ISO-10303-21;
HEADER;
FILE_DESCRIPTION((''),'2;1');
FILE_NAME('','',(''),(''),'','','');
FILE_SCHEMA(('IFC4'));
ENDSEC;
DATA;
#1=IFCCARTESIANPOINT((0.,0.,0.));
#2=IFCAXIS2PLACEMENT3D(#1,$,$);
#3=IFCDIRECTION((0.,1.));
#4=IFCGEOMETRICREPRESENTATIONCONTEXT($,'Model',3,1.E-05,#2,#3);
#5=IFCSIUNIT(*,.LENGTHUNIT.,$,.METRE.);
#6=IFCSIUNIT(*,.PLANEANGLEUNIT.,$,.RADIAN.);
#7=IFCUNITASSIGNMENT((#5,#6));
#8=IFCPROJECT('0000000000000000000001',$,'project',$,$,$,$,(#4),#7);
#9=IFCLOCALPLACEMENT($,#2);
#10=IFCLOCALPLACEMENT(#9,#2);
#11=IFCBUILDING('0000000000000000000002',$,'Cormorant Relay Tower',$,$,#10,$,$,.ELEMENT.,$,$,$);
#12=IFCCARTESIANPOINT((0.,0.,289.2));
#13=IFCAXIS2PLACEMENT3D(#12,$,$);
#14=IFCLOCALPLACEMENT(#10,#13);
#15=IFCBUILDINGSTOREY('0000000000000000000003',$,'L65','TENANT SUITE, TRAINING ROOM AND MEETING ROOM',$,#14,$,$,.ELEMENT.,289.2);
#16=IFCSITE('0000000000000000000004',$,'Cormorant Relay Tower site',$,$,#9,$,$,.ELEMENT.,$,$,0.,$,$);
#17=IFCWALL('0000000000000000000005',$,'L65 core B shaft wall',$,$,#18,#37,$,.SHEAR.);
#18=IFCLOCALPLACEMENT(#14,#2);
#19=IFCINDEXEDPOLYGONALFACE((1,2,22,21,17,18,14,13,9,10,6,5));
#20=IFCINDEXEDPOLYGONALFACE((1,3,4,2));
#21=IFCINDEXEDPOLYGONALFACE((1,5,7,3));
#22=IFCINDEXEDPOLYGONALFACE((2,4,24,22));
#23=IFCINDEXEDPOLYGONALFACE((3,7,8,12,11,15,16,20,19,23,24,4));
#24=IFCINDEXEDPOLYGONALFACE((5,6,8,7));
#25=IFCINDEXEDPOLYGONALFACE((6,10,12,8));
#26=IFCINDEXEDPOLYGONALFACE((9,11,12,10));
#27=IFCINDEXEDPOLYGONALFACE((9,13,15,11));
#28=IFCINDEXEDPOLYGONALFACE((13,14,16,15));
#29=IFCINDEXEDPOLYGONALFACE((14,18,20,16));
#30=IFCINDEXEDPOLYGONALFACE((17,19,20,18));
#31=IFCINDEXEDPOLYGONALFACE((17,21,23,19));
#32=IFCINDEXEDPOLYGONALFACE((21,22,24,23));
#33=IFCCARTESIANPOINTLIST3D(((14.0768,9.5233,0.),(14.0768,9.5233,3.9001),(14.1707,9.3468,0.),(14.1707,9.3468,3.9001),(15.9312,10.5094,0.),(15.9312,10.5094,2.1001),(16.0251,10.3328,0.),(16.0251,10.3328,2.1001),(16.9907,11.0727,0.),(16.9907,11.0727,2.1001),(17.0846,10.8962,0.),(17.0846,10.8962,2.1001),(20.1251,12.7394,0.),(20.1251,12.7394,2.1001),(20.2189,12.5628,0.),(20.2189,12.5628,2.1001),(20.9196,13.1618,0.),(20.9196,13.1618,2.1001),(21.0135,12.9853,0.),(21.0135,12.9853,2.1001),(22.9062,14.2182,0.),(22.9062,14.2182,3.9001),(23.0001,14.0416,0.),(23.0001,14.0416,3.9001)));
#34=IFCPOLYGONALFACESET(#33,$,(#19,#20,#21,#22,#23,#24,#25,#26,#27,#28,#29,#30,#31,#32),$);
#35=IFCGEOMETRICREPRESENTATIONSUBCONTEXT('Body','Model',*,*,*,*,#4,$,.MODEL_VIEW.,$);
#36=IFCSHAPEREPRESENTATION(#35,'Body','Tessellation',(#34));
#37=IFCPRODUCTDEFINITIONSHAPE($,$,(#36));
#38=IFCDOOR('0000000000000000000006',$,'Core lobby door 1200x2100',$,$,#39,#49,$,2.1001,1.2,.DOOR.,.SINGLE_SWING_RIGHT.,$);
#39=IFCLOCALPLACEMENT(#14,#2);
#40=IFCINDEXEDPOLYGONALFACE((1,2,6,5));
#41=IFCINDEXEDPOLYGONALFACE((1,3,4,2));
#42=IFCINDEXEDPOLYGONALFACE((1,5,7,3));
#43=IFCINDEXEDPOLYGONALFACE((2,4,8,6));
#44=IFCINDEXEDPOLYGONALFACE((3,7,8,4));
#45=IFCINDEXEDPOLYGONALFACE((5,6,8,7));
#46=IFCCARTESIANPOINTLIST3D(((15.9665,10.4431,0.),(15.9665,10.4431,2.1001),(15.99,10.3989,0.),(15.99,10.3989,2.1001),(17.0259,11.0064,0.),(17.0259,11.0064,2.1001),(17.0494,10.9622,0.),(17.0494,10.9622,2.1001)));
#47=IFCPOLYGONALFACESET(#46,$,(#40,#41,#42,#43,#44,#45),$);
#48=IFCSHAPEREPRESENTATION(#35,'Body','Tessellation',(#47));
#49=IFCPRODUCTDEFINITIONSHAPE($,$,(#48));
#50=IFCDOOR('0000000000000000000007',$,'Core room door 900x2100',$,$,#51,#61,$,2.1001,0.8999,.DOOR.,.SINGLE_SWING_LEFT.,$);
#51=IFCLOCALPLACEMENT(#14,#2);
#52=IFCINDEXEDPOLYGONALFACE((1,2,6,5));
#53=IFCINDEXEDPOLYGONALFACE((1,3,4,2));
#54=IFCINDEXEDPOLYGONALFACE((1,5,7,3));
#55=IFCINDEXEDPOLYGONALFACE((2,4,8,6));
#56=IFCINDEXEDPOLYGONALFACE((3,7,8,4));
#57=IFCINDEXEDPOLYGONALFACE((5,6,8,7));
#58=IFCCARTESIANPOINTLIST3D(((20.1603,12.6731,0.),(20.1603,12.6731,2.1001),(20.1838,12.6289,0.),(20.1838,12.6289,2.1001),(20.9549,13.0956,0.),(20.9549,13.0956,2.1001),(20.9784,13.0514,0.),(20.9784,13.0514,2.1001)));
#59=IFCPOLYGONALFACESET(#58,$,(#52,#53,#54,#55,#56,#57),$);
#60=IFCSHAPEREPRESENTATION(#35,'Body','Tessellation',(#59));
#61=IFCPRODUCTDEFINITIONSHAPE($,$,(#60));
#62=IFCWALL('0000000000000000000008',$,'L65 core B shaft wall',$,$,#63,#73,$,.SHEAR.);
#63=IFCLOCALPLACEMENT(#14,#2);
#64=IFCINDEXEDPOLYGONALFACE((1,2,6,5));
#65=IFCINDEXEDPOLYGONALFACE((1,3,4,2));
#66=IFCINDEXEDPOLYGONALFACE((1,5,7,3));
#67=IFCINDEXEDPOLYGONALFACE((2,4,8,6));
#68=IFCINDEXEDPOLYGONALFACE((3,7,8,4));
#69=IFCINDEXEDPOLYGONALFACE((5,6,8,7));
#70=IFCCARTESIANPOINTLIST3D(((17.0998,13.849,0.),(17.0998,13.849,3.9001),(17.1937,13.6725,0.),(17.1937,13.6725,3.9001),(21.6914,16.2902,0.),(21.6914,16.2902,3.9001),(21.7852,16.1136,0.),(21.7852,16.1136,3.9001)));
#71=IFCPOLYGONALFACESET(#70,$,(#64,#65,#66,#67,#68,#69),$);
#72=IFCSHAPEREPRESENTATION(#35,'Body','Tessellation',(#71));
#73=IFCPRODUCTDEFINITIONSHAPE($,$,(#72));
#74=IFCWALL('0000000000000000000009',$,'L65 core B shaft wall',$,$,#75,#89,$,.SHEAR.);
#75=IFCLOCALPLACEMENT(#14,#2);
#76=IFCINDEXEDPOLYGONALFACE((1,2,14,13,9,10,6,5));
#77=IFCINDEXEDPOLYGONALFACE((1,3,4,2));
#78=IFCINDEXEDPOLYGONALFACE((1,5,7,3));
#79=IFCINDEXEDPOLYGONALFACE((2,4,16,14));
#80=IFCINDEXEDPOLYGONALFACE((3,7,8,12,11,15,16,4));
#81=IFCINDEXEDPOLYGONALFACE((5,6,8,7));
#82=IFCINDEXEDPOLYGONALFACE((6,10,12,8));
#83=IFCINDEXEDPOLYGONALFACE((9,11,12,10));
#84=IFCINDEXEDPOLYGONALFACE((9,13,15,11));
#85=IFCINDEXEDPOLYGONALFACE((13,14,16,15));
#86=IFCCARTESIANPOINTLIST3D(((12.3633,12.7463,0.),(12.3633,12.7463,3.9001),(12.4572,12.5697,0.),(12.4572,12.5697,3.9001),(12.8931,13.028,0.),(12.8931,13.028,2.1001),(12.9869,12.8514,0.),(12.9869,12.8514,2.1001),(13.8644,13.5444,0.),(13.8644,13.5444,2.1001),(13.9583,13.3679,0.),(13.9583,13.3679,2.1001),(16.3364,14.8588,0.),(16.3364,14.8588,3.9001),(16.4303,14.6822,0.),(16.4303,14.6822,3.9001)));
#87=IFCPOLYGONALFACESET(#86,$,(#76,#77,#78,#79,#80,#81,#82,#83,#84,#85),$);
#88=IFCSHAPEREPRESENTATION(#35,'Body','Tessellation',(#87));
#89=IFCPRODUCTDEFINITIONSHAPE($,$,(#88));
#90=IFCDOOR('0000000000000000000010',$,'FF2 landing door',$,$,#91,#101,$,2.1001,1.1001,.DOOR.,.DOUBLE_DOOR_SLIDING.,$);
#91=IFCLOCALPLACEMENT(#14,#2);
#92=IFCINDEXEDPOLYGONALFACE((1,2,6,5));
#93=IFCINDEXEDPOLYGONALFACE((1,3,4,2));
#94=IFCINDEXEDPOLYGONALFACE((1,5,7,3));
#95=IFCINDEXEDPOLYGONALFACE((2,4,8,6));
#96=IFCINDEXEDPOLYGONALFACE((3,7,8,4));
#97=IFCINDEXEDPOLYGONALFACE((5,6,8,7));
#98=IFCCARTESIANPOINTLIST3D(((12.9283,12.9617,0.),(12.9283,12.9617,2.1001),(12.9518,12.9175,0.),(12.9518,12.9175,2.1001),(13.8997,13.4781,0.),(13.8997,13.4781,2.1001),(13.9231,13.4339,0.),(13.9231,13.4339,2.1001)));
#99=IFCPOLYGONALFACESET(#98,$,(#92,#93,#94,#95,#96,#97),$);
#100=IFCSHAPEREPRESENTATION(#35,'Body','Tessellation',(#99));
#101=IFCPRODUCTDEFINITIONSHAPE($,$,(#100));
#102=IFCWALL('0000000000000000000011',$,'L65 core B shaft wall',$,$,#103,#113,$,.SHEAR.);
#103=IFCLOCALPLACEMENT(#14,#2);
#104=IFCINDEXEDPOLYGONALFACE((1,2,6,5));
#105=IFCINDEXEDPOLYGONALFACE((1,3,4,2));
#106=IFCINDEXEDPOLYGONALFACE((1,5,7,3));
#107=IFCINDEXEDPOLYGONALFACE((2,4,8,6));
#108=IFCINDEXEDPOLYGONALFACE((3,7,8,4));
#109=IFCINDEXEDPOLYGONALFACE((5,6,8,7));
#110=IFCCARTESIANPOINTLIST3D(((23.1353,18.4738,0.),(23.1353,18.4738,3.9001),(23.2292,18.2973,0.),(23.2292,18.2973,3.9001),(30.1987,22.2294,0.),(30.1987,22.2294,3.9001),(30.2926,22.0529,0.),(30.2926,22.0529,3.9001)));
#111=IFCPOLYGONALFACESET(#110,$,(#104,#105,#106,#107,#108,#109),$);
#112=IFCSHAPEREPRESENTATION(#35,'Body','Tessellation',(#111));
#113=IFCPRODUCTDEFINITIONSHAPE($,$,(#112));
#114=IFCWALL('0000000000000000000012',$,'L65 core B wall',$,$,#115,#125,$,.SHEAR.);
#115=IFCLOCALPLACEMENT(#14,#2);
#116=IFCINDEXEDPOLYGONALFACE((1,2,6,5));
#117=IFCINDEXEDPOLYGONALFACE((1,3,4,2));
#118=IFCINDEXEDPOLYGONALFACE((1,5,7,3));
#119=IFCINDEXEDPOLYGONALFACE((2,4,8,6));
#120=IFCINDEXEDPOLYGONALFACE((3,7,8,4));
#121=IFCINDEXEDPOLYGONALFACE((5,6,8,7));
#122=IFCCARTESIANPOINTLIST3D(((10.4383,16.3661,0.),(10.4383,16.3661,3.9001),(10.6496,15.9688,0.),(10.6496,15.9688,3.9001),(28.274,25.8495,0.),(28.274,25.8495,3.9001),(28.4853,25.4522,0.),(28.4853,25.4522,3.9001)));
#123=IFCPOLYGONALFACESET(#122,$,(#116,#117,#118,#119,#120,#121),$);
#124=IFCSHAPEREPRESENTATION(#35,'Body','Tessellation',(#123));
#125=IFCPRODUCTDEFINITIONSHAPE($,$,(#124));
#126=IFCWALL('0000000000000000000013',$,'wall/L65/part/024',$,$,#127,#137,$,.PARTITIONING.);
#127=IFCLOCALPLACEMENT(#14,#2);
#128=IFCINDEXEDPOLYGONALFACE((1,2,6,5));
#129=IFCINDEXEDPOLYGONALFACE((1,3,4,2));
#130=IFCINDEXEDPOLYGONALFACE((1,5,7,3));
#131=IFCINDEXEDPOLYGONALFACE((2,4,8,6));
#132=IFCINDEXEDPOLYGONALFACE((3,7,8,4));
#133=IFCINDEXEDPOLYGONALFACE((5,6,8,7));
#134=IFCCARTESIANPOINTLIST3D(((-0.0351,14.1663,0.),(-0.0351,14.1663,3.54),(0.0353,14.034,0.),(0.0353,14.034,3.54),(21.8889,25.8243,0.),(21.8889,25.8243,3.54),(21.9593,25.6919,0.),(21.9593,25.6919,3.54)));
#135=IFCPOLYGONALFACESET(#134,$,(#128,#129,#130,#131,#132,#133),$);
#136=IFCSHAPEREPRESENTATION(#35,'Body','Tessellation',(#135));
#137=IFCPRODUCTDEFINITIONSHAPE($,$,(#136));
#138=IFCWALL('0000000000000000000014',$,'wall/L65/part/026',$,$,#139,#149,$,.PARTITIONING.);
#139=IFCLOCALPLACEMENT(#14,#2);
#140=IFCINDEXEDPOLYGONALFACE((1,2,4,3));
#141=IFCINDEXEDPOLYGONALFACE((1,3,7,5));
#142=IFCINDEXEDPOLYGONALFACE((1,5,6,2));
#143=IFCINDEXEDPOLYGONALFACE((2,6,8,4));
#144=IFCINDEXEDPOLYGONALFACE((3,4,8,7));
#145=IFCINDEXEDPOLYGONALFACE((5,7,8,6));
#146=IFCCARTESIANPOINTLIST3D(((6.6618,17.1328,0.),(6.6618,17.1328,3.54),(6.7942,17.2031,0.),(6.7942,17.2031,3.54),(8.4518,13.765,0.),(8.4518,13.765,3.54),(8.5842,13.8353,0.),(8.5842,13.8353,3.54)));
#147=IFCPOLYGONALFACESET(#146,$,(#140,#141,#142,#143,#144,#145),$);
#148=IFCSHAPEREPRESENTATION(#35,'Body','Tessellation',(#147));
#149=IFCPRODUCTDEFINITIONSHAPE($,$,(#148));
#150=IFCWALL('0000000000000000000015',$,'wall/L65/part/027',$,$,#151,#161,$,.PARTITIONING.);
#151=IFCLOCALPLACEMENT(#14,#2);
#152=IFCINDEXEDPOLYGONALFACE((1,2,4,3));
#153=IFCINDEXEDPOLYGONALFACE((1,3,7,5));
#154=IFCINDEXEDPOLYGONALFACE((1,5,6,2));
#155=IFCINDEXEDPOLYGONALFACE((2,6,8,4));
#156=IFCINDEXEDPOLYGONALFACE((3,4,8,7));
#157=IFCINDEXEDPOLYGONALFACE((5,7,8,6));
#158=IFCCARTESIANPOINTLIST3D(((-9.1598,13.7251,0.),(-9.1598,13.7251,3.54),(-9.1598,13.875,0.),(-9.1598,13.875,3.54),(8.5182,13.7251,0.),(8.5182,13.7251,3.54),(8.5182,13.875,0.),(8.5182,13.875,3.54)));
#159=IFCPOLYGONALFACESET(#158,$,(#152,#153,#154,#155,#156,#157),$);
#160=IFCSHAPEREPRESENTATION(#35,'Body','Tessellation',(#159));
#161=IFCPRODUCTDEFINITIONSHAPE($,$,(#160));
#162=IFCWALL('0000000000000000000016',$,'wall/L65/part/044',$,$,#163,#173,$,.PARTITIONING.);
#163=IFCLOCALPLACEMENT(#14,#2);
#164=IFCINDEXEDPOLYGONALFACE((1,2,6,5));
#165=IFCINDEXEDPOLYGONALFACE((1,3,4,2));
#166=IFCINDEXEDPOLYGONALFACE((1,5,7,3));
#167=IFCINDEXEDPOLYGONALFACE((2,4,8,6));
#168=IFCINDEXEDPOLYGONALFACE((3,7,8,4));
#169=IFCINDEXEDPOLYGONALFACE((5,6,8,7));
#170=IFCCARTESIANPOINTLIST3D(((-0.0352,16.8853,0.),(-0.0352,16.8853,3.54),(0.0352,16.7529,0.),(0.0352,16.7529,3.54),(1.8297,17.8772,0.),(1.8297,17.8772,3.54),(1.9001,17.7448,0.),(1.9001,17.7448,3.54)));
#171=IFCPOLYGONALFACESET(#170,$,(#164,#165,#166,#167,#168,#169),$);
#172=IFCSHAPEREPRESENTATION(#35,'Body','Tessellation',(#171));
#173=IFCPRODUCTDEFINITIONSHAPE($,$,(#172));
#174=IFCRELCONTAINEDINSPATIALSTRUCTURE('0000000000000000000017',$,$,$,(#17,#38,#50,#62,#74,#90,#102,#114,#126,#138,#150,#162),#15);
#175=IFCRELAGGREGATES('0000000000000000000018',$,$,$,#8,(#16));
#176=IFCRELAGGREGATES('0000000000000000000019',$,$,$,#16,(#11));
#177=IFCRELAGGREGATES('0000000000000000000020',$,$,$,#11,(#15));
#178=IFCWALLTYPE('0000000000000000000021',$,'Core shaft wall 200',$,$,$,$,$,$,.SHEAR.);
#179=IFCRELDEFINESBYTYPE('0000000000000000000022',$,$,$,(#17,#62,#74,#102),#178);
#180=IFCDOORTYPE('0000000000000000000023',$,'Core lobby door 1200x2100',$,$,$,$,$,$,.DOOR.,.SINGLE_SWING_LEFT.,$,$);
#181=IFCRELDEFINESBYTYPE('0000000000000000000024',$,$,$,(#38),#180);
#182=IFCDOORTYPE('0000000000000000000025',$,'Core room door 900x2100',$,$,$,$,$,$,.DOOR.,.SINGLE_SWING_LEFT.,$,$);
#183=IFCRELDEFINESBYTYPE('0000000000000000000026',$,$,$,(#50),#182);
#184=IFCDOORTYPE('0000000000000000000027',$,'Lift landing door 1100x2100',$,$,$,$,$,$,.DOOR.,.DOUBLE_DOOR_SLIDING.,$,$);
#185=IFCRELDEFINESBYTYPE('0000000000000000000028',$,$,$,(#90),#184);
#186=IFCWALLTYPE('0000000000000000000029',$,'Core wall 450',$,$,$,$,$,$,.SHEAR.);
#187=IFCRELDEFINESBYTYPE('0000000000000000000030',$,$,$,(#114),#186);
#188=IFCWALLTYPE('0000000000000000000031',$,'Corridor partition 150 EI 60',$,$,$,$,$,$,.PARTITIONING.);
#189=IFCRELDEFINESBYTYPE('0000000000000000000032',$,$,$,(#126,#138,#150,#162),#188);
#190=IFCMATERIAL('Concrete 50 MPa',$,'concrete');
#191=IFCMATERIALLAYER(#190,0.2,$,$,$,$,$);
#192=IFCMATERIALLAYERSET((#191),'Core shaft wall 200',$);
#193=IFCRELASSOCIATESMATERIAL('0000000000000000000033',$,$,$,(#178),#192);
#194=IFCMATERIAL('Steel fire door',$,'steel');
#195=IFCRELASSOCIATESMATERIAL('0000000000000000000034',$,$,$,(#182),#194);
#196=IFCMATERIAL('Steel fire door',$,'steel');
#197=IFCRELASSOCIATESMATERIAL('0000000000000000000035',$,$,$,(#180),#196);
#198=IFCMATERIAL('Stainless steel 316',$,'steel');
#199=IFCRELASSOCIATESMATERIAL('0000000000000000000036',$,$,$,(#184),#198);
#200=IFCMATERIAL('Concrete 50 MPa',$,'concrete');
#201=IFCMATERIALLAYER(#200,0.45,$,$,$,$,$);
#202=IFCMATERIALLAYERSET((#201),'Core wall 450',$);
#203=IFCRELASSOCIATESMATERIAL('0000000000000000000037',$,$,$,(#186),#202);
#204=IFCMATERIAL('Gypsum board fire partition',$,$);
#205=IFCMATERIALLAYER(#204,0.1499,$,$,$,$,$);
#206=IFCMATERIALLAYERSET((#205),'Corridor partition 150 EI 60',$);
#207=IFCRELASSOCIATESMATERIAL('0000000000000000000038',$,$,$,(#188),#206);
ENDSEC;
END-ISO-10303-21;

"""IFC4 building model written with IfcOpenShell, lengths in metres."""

from ifc_helpers import new_model, si_unit, direction, frame, frame_2d, origin, place, context, subcontext, project, spatial, rectangle, extrude, material, layer, layer_set, type_object, element, fill, save


model = new_model("IFC4")

# Units and contexts
model_context = context("Model", 3, precision=1e-05, world=origin(), true_north=direction((0.0, 1.0)))
body_context = subcontext(model_context, "Body", "Model", "MODEL_VIEW")
ifc_project = project(units=[si_unit("LENGTHUNIT", "METRE"), si_unit("PLANEANGLEUNIT", "RADIAN")], contexts=[model_context])

# Site, building, storey
site_placement = place(None, origin())
site = spatial("IfcSite", under=ifc_project, at=site_placement, Name="Cormorant Relay Tower site", CompositionType="ELEMENT", RefElevation=0.0)
building_placement = place(site_placement, origin())
building = spatial("IfcBuilding", under=site, at=building_placement, Name="Cormorant Relay Tower", CompositionType="ELEMENT")
storey_placement = place(building_placement, frame((0.0, 0.0, 289.2)))
storey = spatial("IfcBuildingStorey", under=building, at=storey_placement, Name="L65", Description="TENANT SUITE, TRAINING ROOM AND MEETING ROOM", CompositionType="ELEMENT", Elevation=289.2)

# Shared definitions
ifc_material_1 = material(Name="Concrete 50 MPa", Category="concrete")
ifc_layer_1 = layer(ifc_material_1, 0.2)
ifc_layer_set_1 = layer_set([ifc_layer_1], Name="Core shaft wall 200")
wall_type_1 = type_object("IfcWallType", Name="Core shaft wall 200", PredefinedType="SHEAR", material=ifc_layer_set_1)

# Shared definitions
ifc_material_2 = material(Name="Steel fire door", Category="steel")
door_type_1 = type_object("IfcDoorType", Name="Core room door 900x2100", OperationType="SINGLE_SWING_LEFT", PredefinedType="DOOR", material=ifc_material_2)

# Wall, openings, doors
wall_1_placement = place(storey_placement, frame((14.1238, 9.4351, 0.0), z_axis=(0.0, 0.0, 1.0), x_axis=(0.88294, 0.469485, 0.0)))
wall_1 = element("IfcWall", 1, at=wall_1_placement, inside=storey, type_object=wall_type_1, Name="L65 core B shaft wall", PredefinedType="SHEAR", context=body_context, shape_type="SweptSolid", body=[
    extrude(rectangle(XDim=10.0, YDim=0.2, at=frame_2d((5.0, 0.0))), origin(), (0.0, 0.0, 1.0), 3.9001),
])
opening_1_placement = place(wall_1_placement, frame((2.1001, 0.0, 0.0)))
opening_1 = element("IfcOpeningElement", 2, at=opening_1_placement, cuts=wall_1, PredefinedType="OPENING", context=body_context, shape_type="SweptSolid", body=[
    extrude(rectangle(XDim=1.2, YDim=2.1001, at=frame_2d((0.6001, 1.05))), frame((0.0, 0.1099, 0.0), z_axis=(0.0, -1.0, 0.0), x_axis=(1.0, 0.0, 0.0)), (0.0, 0.0, 1.0), 0.22),
])
opening_2_placement = place(wall_1_placement, frame((6.8501, 0.0, 0.0)))
opening_2 = element("IfcOpeningElement", 3, at=opening_2_placement, cuts=wall_1, PredefinedType="OPENING", context=body_context, shape_type="SweptSolid", body=[
    extrude(rectangle(XDim=0.8999, YDim=2.1001, at=frame_2d((0.45, 1.05))), frame((0.0, 0.1099, 0.0), z_axis=(0.0, -1.0, 0.0), x_axis=(1.0, 0.0, 0.0)), (0.0, 0.0, 1.0), 0.22),
])
ifc_material_3 = material(Name="Steel fire door", Category="steel")
door_type_2 = type_object("IfcDoorType", Name="Core lobby door 1200x2100", OperationType="SINGLE_SWING_LEFT", PredefinedType="DOOR", material=ifc_material_3)
door_1_placement = place(opening_1_placement, origin())
door_1 = element("IfcDoor", 4, at=door_1_placement, inside=storey, type_object=door_type_2, Name="Core lobby door 1200x2100", OperationType="SINGLE_SWING_RIGHT", OverallHeight=2.1001, OverallWidth=1.2, PredefinedType="DOOR", context=body_context, shape_type="SweptSolid", body=[
    extrude(rectangle(XDim=1.2, YDim=2.1001, at=frame_2d((0.6001, 1.05))), frame((0.0, 0.0249, 0.0), z_axis=(0.0, -1.0, 0.0), x_axis=(1.0, 0.0, 0.0)), (0.0, 0.0, 1.0), 0.05),
])
fill(opening_1, door_1)
door_2_placement = place(opening_2_placement, origin())
door_2 = element("IfcDoor", 5, at=door_2_placement, inside=storey, type_object=door_type_1, Name="Core room door 900x2100", OperationType="SINGLE_SWING_LEFT", OverallHeight=2.1001, OverallWidth=0.8999, PredefinedType="DOOR", context=body_context, shape_type="SweptSolid", body=[
    extrude(rectangle(XDim=0.8999, YDim=2.1001, at=frame_2d((0.45, 1.05))), frame((0.0, 0.0249, 0.0), z_axis=(0.0, -1.0, 0.0), x_axis=(1.0, 0.0, 0.0)), (0.0, 0.0, 1.0), 0.05),
])
fill(opening_2, door_2)

# Wall
wall_2_placement = place(storey_placement, frame((17.1467, 13.7607, 0.0), z_axis=(0.0, 0.0, 1.0), x_axis=(0.882964, 0.46944, 0.0)))
element("IfcWall", 6, at=wall_2_placement, inside=storey, type_object=wall_type_1, Name="L65 core B shaft wall", PredefinedType="SHEAR", context=body_context, shape_type="SweptSolid", body=[
    extrude(rectangle(XDim=5.2002, YDim=0.2, at=frame_2d((2.6001, 0.0))), origin(), (0.0, 0.0, 1.0), 3.9001),
])

# Wall, opening, door
wall_3_placement = place(storey_placement, frame((12.4102, 12.658, 0.0), z_axis=(0.0, 0.0, 1.0), x_axis=(0.882948, 0.46947, 0.0)))
wall_3 = element("IfcWall", 7, at=wall_3_placement, inside=storey, type_object=wall_type_1, Name="L65 core B shaft wall", PredefinedType="SHEAR", context=body_context, shape_type="SweptSolid", body=[
    extrude(rectangle(XDim=4.4998, YDim=0.2, at=frame_2d((2.25, 0.0))), origin(), (0.0, 0.0, 1.0), 3.9001),
])
opening_3_placement = place(wall_3_placement, frame((0.6001, 0.0, 0.0)))
opening_3 = element("IfcOpeningElement", 8, at=opening_3_placement, cuts=wall_3, PredefinedType="OPENING", context=body_context, shape_type="SweptSolid", body=[
    extrude(rectangle(XDim=1.1001, YDim=2.1001, at=frame_2d((0.55, 1.05))), frame((0.0, 0.1099, 0.0), z_axis=(0.0, -1.0, 0.0), x_axis=(1.0, 0.0, 0.0)), (0.0, 0.0, 1.0), 0.22),
])
ifc_material_4 = material(Name="Stainless steel 316", Category="steel")
door_type_3 = type_object("IfcDoorType", Name="Lift landing door 1100x2100", OperationType="DOUBLE_DOOR_SLIDING", PredefinedType="DOOR", material=ifc_material_4)
door_3_placement = place(opening_3_placement, origin())
door_3 = element("IfcDoor", 9, at=door_3_placement, inside=storey, type_object=door_type_3, Name="FF2 landing door", OperationType="DOUBLE_DOOR_SLIDING", OverallHeight=2.1001, OverallWidth=1.1001, PredefinedType="DOOR", context=body_context, shape_type="SweptSolid", body=[
    extrude(rectangle(XDim=1.1001, YDim=2.1001, at=frame_2d((0.55, 1.05))), frame((0.0, 0.0249, 0.0), z_axis=(0.0, -1.0, 0.0), x_axis=(1.0, 0.0, 0.0)), (0.0, 0.0, 1.0), 0.05),
])
fill(opening_3, door_3)

# Walls
wall_4_placement = place(storey_placement, frame((23.1821, 18.3855, 0.0), z_axis=(0.0, 0.0, 1.0), x_axis=(0.882953, 0.469462, 0.0)))
element("IfcWall", 10, at=wall_4_placement, inside=storey, type_object=wall_type_1, Name="L65 core B shaft wall", PredefinedType="SHEAR", context=body_context, shape_type="SweptSolid", body=[
    extrude(rectangle(XDim=7.9998, YDim=0.2, at=frame_2d((4.0, 0.0))), origin(), (0.0, 0.0, 1.0), 3.9001),
])
ifc_material_5 = material(Name="Concrete 50 MPa", Category="concrete")
ifc_layer_2 = layer(ifc_material_5, 0.45)
ifc_layer_set_2 = layer_set([ifc_layer_2], Name="Core wall 450")
wall_type_2 = type_object("IfcWallType", Name="Core wall 450", PredefinedType="SHEAR", material=ifc_layer_set_2)
wall_5_placement = place(storey_placement, frame((10.5439, 16.1675, 0.0), z_axis=(0.0, 0.0, 1.0), x_axis=(0.882948, 0.469471, 0.0)))
element("IfcWall", 11, at=wall_5_placement, inside=storey, type_object=wall_type_2, Name="L65 core B wall", PredefinedType="SHEAR", context=body_context, shape_type="SweptSolid", body=[
    extrude(rectangle(XDim=20.2002, YDim=0.45, at=frame_2d((10.1001, 0.0))), origin(), (0.0, 0.0, 1.0), 3.9001),
])
ifc_material_6 = material(Name="Gypsum board fire partition")
ifc_layer_3 = layer(ifc_material_6, 0.1499)
ifc_layer_set_3 = layer_set([ifc_layer_3], Name="Corridor partition 150 EI 60")
wall_type_3 = type_object("IfcWallType", Name="Corridor partition 150 EI 60", PredefinedType="PARTITIONING", material=ifc_layer_set_3)
wall_6_placement = place(storey_placement, frame((0.0, 14.1001, 0.0), z_axis=(0.0, 0.0, 1.0), x_axis=(0.882936, 0.469494, 0.0)))
element("IfcWall", 12, at=wall_6_placement, inside=storey, type_object=wall_type_3, Name="wall/L65/part/024", PredefinedType="PARTITIONING", context=body_context, shape_type="SweptSolid", body=[
    extrude(rectangle(XDim=24.8308, YDim=0.1499, at=frame_2d((12.4155, 0.0))), origin(), (0.0, 0.0, 1.0), 3.54),
])
wall_7_placement = place(storey_placement, frame((6.728, 17.168, 0.0), z_axis=(0.0, 0.0, 1.0), x_axis=(0.469325, -0.883025, 0.0)))
element("IfcWall", 13, at=wall_7_placement, inside=storey, type_object=wall_type_3, Name="wall/L65/part/026", PredefinedType="PARTITIONING", context=body_context, shape_type="SweptSolid", body=[
    extrude(rectangle(XDim=3.814, YDim=0.1499, at=frame_2d((1.907, 0.0))), origin(), (0.0, 0.0, 1.0), 3.54),
])
wall_8_placement = place(storey_placement, frame((8.5181, 13.8, 0.0), z_axis=(0.0, 0.0, 1.0), x_axis=(-1.0, 0.0, 0.0)))
element("IfcWall", 14, at=wall_8_placement, inside=storey, type_object=wall_type_3, Name="wall/L65/part/027", PredefinedType="PARTITIONING", context=body_context, shape_type="SweptSolid", body=[
    extrude(rectangle(XDim=17.678, YDim=0.1499, at=frame_2d((8.8389, 0.0))), origin(), (0.0, 0.0, 1.0), 3.54),
])
wall_9_placement = place(storey_placement, frame((0.0, 16.8191, 0.0), z_axis=(0.0, 0.0, 1.0), x_axis=(0.882887, 0.469586, 0.0)))
element("IfcWall", 15, at=wall_9_placement, inside=storey, type_object=wall_type_3, Name="wall/L65/part/044", PredefinedType="PARTITIONING", context=body_context, shape_type="SweptSolid", body=[
    extrude(rectangle(XDim=2.1123, YDim=0.1499, at=frame_2d((1.0562, 0.0))), origin(), (0.0, 0.0, 1.0), 3.54),
])

save(model, "model.ifc")
